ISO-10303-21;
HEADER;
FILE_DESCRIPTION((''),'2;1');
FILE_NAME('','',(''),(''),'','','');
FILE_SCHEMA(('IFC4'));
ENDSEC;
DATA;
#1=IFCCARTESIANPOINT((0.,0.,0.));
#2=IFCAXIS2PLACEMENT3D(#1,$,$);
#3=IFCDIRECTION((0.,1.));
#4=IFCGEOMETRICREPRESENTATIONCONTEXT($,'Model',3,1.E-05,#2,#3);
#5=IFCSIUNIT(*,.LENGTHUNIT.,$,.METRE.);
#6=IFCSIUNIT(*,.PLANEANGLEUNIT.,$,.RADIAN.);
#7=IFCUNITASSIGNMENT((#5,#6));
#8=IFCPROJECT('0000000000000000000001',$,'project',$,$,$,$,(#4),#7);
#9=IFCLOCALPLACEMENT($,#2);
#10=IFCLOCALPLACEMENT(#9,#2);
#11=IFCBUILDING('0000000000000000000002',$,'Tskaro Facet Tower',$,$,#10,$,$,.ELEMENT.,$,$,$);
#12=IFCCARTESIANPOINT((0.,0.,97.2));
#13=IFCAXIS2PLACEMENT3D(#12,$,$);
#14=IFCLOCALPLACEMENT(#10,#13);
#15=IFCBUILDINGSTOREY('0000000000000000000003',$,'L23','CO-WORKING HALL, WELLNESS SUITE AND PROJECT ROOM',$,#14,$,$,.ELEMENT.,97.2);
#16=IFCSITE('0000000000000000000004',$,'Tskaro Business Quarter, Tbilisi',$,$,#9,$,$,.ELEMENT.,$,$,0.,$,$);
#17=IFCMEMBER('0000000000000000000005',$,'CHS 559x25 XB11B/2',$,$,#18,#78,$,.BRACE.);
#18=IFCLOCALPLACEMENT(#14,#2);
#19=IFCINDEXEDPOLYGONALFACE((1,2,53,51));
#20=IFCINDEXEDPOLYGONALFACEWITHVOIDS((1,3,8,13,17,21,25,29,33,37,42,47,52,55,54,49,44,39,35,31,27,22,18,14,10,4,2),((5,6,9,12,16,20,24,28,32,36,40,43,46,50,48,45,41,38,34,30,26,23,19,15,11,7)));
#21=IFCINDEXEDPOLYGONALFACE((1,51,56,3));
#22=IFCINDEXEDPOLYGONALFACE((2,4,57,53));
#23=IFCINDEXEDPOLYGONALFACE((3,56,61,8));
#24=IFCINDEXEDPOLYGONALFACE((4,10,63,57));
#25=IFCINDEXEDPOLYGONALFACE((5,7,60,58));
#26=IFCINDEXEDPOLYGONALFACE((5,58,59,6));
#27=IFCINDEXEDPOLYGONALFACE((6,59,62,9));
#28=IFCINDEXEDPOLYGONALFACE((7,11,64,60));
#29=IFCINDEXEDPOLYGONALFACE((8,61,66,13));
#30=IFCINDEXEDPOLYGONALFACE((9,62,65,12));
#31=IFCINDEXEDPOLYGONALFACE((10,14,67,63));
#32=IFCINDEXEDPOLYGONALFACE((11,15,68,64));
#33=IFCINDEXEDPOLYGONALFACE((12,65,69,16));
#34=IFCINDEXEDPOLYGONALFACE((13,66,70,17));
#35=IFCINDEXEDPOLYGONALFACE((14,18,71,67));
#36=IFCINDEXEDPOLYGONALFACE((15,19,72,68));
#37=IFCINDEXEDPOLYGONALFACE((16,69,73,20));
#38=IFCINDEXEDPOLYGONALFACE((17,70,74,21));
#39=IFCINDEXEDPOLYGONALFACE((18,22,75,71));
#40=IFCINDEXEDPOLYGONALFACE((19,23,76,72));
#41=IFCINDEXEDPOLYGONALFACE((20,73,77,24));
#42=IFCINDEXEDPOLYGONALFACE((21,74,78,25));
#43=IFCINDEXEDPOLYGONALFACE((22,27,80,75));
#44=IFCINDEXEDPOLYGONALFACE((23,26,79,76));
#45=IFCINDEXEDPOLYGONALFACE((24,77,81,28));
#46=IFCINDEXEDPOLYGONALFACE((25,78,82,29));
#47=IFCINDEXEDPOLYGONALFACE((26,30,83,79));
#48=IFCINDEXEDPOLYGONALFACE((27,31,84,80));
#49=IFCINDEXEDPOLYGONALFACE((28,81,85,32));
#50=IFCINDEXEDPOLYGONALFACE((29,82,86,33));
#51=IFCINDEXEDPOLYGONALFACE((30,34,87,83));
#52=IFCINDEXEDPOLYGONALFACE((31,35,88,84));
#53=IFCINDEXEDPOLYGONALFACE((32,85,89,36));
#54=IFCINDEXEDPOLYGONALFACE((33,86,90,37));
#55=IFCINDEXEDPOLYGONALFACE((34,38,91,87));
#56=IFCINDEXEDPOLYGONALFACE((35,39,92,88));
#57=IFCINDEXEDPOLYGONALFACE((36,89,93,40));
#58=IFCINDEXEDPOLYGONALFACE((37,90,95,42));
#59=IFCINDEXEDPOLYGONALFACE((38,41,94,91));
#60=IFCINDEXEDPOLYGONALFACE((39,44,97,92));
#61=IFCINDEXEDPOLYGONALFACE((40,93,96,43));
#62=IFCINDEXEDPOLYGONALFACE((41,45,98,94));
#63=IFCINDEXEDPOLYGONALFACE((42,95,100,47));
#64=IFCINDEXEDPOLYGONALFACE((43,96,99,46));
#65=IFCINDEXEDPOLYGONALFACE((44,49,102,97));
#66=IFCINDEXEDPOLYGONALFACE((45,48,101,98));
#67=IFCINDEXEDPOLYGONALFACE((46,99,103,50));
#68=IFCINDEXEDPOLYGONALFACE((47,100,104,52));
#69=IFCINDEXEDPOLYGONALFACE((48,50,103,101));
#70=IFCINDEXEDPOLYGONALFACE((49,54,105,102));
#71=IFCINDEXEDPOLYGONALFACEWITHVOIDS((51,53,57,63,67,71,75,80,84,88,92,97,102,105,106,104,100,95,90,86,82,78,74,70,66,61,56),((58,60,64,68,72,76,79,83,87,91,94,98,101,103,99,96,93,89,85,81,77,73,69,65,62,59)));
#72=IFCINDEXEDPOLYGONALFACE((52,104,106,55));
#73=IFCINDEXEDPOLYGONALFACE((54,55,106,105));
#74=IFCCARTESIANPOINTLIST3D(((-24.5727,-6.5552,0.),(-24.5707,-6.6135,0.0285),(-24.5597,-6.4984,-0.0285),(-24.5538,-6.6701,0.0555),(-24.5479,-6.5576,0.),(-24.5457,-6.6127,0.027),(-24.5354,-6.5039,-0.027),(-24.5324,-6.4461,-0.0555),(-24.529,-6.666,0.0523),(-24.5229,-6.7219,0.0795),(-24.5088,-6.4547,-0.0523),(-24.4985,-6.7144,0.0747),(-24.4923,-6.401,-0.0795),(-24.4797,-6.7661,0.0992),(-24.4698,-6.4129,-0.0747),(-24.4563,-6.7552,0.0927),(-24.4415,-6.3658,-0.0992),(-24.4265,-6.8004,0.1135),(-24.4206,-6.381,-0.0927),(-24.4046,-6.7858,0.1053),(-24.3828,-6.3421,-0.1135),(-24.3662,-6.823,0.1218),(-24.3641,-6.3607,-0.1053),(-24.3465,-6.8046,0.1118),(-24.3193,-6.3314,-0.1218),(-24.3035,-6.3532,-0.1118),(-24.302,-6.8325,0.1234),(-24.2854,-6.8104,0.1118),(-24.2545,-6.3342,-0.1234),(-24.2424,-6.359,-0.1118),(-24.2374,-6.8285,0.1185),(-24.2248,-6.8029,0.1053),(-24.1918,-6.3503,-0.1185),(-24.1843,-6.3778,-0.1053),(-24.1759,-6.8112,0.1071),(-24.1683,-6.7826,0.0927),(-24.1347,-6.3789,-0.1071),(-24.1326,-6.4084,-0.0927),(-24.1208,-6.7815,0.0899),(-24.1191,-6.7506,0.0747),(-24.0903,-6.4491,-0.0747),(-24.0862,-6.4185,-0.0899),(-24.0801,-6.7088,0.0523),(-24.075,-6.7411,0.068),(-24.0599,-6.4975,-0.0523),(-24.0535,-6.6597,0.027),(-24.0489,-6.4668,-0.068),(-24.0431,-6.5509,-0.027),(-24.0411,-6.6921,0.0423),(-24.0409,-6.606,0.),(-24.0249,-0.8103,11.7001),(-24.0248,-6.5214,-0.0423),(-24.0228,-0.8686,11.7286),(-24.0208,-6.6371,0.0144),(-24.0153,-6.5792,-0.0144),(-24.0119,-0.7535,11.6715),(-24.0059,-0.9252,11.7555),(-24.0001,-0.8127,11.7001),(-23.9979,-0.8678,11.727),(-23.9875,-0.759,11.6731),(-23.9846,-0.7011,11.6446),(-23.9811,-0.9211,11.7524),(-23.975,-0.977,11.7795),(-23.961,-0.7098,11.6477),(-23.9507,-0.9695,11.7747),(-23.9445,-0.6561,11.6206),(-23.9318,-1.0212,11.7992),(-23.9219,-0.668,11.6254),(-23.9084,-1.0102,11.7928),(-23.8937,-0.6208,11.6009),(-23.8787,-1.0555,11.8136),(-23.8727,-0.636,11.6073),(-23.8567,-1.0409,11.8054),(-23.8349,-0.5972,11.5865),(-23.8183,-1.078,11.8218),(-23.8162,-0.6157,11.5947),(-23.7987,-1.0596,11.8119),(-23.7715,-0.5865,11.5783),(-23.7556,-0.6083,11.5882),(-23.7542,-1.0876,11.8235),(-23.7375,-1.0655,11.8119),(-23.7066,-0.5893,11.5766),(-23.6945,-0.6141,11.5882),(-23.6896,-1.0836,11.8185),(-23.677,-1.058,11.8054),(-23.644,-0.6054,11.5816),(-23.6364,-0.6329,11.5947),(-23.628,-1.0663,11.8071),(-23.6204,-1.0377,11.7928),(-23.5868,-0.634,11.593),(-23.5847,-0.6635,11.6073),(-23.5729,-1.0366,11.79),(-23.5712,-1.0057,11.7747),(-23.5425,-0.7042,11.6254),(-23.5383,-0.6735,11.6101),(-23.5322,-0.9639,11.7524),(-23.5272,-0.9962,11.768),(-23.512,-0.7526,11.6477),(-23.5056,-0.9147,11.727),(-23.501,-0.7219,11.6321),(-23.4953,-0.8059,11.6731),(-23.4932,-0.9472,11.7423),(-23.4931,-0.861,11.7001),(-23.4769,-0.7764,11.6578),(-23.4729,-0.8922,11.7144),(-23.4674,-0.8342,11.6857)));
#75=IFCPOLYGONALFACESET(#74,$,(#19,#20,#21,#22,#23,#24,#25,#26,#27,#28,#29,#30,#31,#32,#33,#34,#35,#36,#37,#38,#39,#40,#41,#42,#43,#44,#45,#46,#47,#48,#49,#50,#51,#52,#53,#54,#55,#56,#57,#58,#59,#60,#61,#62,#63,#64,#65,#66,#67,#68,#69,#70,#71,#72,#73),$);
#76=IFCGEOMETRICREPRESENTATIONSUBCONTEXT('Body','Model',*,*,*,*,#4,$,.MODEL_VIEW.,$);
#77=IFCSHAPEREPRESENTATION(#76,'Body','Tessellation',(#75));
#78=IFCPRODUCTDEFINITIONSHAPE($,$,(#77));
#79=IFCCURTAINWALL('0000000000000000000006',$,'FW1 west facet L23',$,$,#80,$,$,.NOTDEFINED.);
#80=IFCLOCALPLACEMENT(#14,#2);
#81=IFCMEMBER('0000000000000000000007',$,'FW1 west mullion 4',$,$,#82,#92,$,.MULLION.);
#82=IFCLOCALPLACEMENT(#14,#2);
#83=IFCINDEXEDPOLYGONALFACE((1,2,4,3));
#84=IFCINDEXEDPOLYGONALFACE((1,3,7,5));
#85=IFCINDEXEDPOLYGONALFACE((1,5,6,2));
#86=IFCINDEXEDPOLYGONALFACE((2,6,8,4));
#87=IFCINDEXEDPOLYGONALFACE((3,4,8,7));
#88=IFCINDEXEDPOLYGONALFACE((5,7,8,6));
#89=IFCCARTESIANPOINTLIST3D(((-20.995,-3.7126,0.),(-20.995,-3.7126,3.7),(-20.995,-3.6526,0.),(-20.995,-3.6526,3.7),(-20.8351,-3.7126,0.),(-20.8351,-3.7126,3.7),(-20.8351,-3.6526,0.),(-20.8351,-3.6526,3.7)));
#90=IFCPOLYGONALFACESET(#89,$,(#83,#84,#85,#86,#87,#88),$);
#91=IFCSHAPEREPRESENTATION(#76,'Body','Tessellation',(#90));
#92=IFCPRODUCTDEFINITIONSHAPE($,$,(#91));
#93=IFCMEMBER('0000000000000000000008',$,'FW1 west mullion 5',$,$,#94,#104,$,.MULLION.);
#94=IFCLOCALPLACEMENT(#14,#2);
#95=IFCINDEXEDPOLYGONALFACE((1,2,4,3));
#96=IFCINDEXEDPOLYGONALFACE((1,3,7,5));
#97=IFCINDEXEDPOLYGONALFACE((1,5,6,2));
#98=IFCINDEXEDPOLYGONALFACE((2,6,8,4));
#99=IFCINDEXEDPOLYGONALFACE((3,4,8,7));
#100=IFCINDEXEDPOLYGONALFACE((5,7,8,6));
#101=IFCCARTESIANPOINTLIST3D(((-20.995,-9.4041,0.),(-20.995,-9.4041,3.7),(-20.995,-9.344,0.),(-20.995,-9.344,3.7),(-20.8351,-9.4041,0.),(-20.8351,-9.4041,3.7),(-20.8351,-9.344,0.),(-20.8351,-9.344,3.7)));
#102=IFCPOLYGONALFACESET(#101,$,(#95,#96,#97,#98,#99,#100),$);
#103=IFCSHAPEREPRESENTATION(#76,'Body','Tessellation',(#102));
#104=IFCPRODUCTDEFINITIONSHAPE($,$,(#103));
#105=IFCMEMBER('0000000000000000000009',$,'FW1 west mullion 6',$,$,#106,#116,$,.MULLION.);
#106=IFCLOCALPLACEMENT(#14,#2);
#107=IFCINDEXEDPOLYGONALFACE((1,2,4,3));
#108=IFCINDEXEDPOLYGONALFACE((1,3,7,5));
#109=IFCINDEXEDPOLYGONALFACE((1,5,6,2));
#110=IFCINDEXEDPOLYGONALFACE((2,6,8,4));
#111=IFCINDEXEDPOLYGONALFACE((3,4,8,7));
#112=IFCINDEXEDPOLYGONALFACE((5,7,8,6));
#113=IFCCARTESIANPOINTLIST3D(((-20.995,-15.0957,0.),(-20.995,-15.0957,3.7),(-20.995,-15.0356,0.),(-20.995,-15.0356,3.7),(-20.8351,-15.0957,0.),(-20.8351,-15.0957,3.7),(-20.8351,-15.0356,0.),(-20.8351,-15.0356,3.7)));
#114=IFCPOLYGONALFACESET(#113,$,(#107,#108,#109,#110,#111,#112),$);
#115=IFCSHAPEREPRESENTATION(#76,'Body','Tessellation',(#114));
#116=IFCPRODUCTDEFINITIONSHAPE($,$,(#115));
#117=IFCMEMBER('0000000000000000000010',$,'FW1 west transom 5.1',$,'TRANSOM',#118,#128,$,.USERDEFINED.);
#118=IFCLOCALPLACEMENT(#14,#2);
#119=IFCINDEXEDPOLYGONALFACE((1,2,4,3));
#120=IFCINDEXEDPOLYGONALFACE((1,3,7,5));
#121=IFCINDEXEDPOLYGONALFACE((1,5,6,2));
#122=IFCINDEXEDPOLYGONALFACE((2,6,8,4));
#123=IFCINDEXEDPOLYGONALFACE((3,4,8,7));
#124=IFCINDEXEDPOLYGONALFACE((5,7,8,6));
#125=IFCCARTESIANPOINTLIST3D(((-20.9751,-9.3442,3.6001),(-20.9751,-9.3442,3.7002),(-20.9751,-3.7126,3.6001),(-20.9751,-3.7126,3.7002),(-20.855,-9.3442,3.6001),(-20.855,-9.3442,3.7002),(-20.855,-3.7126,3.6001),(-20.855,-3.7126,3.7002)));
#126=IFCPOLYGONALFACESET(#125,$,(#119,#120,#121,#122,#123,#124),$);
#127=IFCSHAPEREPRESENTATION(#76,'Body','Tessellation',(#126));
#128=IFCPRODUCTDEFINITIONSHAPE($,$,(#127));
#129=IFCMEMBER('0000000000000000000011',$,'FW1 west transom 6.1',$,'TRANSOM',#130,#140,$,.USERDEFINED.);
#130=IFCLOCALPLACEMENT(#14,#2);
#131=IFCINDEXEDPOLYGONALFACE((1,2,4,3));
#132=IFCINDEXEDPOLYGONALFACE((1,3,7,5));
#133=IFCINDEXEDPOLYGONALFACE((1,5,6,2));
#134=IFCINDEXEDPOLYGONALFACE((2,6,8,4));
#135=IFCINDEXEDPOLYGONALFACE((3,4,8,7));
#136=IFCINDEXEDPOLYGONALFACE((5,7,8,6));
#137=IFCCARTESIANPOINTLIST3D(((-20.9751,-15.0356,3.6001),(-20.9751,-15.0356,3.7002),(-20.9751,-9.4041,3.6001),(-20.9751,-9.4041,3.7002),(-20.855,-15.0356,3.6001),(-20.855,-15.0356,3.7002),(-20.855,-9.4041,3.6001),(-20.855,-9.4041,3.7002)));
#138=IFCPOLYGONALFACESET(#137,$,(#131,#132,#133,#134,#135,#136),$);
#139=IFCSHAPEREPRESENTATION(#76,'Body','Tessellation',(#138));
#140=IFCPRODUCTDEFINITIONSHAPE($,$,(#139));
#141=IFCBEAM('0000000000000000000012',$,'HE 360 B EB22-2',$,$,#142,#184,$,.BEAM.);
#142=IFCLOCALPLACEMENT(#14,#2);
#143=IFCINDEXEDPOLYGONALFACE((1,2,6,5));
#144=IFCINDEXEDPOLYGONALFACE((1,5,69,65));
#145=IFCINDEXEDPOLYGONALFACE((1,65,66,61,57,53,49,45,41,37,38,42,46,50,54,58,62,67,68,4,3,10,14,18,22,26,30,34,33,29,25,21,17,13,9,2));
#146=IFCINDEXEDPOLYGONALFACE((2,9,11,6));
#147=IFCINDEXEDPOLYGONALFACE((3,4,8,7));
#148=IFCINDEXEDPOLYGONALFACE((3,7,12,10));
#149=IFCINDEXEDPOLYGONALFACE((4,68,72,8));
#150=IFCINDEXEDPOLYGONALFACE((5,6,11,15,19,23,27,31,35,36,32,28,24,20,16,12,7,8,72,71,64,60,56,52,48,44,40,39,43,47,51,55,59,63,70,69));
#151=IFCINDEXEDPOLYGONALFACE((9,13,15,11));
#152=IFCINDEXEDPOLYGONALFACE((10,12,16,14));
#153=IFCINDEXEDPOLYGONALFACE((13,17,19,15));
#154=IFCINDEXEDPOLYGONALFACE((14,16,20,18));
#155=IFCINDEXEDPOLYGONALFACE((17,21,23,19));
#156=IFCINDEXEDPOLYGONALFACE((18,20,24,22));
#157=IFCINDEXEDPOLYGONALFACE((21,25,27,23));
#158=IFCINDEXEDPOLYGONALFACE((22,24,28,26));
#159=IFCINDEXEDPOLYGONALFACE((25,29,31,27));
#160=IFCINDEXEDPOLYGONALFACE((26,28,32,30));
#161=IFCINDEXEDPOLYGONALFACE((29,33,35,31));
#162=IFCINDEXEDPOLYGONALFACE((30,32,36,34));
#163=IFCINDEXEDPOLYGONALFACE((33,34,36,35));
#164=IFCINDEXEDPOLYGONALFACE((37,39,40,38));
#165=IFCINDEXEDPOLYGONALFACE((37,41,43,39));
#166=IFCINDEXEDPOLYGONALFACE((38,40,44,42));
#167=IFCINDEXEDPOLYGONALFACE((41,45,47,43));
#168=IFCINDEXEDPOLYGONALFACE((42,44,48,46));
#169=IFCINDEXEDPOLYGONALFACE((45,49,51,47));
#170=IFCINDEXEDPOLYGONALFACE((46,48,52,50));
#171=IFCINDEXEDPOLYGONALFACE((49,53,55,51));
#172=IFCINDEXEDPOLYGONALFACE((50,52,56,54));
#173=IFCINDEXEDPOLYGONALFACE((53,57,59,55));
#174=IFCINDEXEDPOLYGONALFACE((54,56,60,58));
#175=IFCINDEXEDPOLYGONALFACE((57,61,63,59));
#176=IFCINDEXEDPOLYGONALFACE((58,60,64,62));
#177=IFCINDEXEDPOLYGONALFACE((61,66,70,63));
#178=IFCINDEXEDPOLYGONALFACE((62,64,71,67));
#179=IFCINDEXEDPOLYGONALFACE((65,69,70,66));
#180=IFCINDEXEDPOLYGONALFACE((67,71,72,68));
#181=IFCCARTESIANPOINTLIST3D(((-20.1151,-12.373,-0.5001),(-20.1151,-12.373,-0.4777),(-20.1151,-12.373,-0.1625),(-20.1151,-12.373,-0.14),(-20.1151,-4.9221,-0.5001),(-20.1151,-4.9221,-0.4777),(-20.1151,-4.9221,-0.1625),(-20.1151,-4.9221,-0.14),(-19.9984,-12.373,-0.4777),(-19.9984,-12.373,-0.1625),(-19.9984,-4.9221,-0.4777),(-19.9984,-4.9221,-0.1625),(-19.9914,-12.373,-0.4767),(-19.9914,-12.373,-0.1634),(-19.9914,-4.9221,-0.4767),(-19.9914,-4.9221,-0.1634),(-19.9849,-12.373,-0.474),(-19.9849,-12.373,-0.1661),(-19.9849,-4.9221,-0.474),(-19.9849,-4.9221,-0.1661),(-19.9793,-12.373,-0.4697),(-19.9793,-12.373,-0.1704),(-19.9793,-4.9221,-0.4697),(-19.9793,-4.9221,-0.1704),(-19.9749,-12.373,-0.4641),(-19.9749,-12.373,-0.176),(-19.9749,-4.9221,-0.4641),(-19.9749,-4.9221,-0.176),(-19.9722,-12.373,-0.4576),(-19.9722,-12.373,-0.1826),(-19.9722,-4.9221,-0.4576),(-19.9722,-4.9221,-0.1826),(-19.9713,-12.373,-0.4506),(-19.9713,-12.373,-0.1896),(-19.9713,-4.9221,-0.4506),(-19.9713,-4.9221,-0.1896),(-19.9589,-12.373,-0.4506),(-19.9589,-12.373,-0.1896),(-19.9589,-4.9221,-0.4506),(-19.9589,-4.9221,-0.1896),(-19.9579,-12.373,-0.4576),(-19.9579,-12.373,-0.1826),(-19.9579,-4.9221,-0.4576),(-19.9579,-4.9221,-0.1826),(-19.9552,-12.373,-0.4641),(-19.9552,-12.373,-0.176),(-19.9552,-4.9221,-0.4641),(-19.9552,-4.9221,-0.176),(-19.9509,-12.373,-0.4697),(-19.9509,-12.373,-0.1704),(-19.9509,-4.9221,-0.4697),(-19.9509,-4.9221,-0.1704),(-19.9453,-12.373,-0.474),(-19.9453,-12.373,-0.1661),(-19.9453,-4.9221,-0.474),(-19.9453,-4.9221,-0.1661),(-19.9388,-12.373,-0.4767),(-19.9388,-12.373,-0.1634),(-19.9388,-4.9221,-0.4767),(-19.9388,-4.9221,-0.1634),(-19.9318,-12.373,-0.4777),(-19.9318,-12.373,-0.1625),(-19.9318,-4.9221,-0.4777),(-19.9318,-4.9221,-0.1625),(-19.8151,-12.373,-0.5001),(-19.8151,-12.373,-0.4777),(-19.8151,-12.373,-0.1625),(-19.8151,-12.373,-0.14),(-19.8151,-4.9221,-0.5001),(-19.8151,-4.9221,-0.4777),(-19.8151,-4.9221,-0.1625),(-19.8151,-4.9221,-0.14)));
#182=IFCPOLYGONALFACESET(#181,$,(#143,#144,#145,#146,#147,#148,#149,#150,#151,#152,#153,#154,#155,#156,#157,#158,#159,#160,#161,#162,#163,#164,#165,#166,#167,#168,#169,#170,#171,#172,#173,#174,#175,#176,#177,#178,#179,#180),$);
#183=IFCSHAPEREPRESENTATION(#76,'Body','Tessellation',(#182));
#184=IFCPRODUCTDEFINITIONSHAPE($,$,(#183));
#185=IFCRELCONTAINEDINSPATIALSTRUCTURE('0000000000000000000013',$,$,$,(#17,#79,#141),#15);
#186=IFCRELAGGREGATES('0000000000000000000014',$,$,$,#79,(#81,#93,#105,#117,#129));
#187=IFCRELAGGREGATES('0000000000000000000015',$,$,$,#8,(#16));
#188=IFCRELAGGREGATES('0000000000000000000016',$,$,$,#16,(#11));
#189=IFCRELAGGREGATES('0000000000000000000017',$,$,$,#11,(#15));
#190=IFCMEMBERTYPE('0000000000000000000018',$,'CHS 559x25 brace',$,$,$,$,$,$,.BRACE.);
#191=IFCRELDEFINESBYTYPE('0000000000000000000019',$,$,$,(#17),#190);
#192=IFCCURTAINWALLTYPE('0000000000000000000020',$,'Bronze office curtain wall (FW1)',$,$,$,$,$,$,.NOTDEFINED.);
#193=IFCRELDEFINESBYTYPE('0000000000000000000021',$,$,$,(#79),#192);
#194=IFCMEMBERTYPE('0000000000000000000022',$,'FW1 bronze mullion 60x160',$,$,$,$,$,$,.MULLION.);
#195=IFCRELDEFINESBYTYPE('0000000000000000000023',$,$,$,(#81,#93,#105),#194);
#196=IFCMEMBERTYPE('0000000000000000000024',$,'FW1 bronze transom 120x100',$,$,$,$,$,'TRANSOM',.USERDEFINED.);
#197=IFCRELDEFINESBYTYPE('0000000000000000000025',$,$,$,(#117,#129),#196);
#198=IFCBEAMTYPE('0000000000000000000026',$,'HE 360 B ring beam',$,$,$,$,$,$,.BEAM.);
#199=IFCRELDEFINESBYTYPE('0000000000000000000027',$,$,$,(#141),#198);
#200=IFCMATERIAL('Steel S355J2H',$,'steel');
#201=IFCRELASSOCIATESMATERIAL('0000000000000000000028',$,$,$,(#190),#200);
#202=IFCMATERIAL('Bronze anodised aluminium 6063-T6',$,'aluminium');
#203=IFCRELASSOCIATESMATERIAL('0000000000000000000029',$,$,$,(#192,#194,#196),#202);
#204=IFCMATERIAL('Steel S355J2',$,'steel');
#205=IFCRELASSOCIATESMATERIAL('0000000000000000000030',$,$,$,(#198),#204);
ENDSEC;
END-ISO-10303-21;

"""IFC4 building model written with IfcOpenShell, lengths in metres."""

from ifc_helpers import new_model, si_unit, direction, frame, origin, origin_2d, place, context, subcontext, project, spatial, rectangle, hollow_circle, i_section, extrude, material, material_profile, profile_set, type_object, element, aggregate, save


model = new_model("IFC4")

# Units and contexts
model_context = context("Model", 3, precision=1e-05, world=origin(), true_north=direction((0.0, 1.0)))
body_context = subcontext(model_context, "Body", "Model", "MODEL_VIEW")
ifc_project = project(units=[si_unit("LENGTHUNIT", "METRE"), si_unit("PLANEANGLEUNIT", "RADIAN")], contexts=[model_context])

# Site, building, storey
site_placement = place(None, origin())
site = spatial("IfcSite", under=ifc_project, at=site_placement, Name="Tskaro Business Quarter, Tbilisi", CompositionType="ELEMENT", RefElevation=0.0)
building_placement = place(site_placement, origin())
building = spatial("IfcBuilding", under=site, at=building_placement, Name="Tskaro Facet Tower", CompositionType="ELEMENT")
storey_placement = place(building_placement, frame((0.0, 0.0, 97.2)))
storey = spatial("IfcBuildingStorey", under=building, at=storey_placement, Name="L23", Description="CO-WORKING HALL, WELLNESS SUITE AND PROJECT ROOM", CompositionType="ELEMENT", Elevation=97.2)

# Shared definitions
ifc_material_1 = material(Name="Steel S355J2H", Category="steel")

# Member
ifc_material_profile_1 = material_profile(ifc_material_1, hollow_circle(Radius=0.2795, WallThickness=0.0249, at=origin_2d()), Name="CHS 559x25")
ifc_profile_set_1 = profile_set([ifc_material_profile_1], Name="Steel S355J2H")
member_type_1 = type_object("IfcMemberType", Name="CHS 559x25 brace", PredefinedType="BRACE", material=ifc_profile_set_1)
member_1_placement = place(storey_placement, frame((-24.2944, -6.5818, 0.0), z_axis=(0.041995, 0.440362, 0.896837), x_axis=(-0.995484, 0.094933, 0.0)))
element("IfcMember", 1, at=member_1_placement, inside=storey, type_object=member_type_1, Name="CHS 559x25 XB11B/2", PredefinedType="BRACE", context=body_context, shape_type="SweptSolid", body=[
    extrude(hollow_circle(Radius=0.2795, WallThickness=0.0249, at=origin_2d()), origin(), (0.0, 0.0, 1.0), 13.0459),
])

# Curtain wall, members
ifc_material_2 = material(Name="Bronze anodised aluminium 6063-T6", Category="aluminium")
curtain_wall_type = type_object("IfcCurtainWallType", Name="Bronze office curtain wall (FW1)", PredefinedType="NOTDEFINED", material=ifc_material_2)
curtain_wall_placement = place(storey_placement, origin())
curtain_wall = element("IfcCurtainWall", 2, at=curtain_wall_placement, inside=storey, type_object=curtain_wall_type, Name="FW1 west facet L23", PredefinedType="NOTDEFINED")
ifc_material_profile_2 = material_profile(ifc_material_2, rectangle(XDim=0.0601, YDim=0.1599, at=origin_2d()), Name="Mullion 60x160")
ifc_profile_set_2 = profile_set([ifc_material_profile_2], Name="Bronze anodised aluminium 6063-T6")
member_type_2 = type_object("IfcMemberType", Name="FW1 bronze mullion 60x160", PredefinedType="MULLION", material=ifc_profile_set_2)
member_2_placement = place(storey_placement, frame((-20.915, -3.6826, 0.0), z_axis=(0.0, 0.0, 1.0), x_axis=(0.0, -1.0, 0.0)))
member_2 = element("IfcMember", 3, at=member_2_placement, type_object=member_type_2, Name="FW1 west mullion 4", PredefinedType="MULLION", context=body_context, shape_type="SweptSolid", body=[
    extrude(rectangle(XDim=0.0601, YDim=0.1599, at=origin_2d()), origin(), (0.0, 0.0, 1.0), 3.7),
])
member_3_placement = place(storey_placement, frame((-20.915, -9.374, 0.0), z_axis=(0.0, 0.0, 1.0), x_axis=(0.0, -1.0, 0.0)))
member_3 = element("IfcMember", 4, at=member_3_placement, type_object=member_type_2, Name="FW1 west mullion 5", PredefinedType="MULLION", context=body_context, shape_type="SweptSolid", body=[
    extrude(rectangle(XDim=0.0601, YDim=0.1599, at=origin_2d()), origin(), (0.0, 0.0, 1.0), 3.7),
])
member_4_placement = place(storey_placement, frame((-20.915, -15.0657, 0.0), z_axis=(0.0, 0.0, 1.0), x_axis=(0.0, -1.0, 0.0)))
member_4 = element("IfcMember", 5, at=member_4_placement, type_object=member_type_2, Name="FW1 west mullion 6", PredefinedType="MULLION", context=body_context, shape_type="SweptSolid", body=[
    extrude(rectangle(XDim=0.0601, YDim=0.1599, at=origin_2d()), origin(), (0.0, 0.0, 1.0), 3.7),
])
ifc_material_profile_3 = material_profile(ifc_material_2, rectangle(XDim=0.1201, YDim=0.1001, at=origin_2d()), Name="Transom 120x100")
ifc_profile_set_3 = profile_set([ifc_material_profile_3], Name="Bronze anodised aluminium 6063-T6")
member_type_3 = type_object("IfcMemberType", Name="FW1 bronze transom 120x100", ElementType="TRANSOM", PredefinedType="USERDEFINED", material=ifc_profile_set_3)
member_5_placement = place(storey_placement, frame((-20.915, -3.7126, 3.6501), z_axis=(0.0, -1.0, 0.0), x_axis=(1.0, 0.0, 0.0)))
member_5 = element("IfcMember", 6, at=member_5_placement, type_object=member_type_3, Name="FW1 west transom 5.1", ObjectType="TRANSOM", PredefinedType="USERDEFINED", context=body_context, shape_type="SweptSolid", body=[
    extrude(rectangle(XDim=0.1201, YDim=0.1001, at=origin_2d()), origin(), (0.0, 0.0, 1.0), 5.6316),
])
member_6_placement = place(storey_placement, frame((-20.915, -9.4041, 3.6501), z_axis=(0.0, -1.0, 0.0), x_axis=(1.0, 0.0, 0.0)))
member_6 = element("IfcMember", 7, at=member_6_placement, type_object=member_type_3, Name="FW1 west transom 6.1", ObjectType="TRANSOM", PredefinedType="USERDEFINED", context=body_context, shape_type="SweptSolid", body=[
    extrude(rectangle(XDim=0.1201, YDim=0.1001, at=origin_2d()), origin(), (0.0, 0.0, 1.0), 5.6316),
])

# Beam
ifc_material_3 = material(Name="Steel S355J2", Category="steel")
ifc_material_profile_4 = material_profile(ifc_material_3, i_section(OverallWidth=0.3, OverallDepth=0.3601, WebThickness=0.0125, FlangeThickness=0.0225, FilletRadius=0.0271, at=origin_2d()), Name="HE 360 B")
ifc_profile_set_4 = profile_set([ifc_material_profile_4], Name="Steel S355J2")
beam_type_1 = type_object("IfcBeamType", Name="HE 360 B ring beam", PredefinedType="BEAM", material=ifc_profile_set_4)
beam_1_placement = place(storey_placement, frame((-19.9651, -4.9221, -0.3201), z_axis=(0.0, -1.0, 0.0), x_axis=(1.0, 0.0, 0.0)))
element("IfcBeam", 8, at=beam_1_placement, inside=storey, type_object=beam_type_1, Name="HE 360 B EB22-2", PredefinedType="BEAM", context=body_context, shape_type="SweptSolid", body=[
    extrude(i_section(OverallWidth=0.3, OverallDepth=0.3601, WebThickness=0.0125, FlangeThickness=0.0225, FilletRadius=0.0271, at=origin_2d()), origin(), (0.0, 0.0, 1.0), 7.4509),
])

aggregate(curtain_wall, [member_2, member_3, member_4, member_5, member_6])

save(model, "model.ifc")
